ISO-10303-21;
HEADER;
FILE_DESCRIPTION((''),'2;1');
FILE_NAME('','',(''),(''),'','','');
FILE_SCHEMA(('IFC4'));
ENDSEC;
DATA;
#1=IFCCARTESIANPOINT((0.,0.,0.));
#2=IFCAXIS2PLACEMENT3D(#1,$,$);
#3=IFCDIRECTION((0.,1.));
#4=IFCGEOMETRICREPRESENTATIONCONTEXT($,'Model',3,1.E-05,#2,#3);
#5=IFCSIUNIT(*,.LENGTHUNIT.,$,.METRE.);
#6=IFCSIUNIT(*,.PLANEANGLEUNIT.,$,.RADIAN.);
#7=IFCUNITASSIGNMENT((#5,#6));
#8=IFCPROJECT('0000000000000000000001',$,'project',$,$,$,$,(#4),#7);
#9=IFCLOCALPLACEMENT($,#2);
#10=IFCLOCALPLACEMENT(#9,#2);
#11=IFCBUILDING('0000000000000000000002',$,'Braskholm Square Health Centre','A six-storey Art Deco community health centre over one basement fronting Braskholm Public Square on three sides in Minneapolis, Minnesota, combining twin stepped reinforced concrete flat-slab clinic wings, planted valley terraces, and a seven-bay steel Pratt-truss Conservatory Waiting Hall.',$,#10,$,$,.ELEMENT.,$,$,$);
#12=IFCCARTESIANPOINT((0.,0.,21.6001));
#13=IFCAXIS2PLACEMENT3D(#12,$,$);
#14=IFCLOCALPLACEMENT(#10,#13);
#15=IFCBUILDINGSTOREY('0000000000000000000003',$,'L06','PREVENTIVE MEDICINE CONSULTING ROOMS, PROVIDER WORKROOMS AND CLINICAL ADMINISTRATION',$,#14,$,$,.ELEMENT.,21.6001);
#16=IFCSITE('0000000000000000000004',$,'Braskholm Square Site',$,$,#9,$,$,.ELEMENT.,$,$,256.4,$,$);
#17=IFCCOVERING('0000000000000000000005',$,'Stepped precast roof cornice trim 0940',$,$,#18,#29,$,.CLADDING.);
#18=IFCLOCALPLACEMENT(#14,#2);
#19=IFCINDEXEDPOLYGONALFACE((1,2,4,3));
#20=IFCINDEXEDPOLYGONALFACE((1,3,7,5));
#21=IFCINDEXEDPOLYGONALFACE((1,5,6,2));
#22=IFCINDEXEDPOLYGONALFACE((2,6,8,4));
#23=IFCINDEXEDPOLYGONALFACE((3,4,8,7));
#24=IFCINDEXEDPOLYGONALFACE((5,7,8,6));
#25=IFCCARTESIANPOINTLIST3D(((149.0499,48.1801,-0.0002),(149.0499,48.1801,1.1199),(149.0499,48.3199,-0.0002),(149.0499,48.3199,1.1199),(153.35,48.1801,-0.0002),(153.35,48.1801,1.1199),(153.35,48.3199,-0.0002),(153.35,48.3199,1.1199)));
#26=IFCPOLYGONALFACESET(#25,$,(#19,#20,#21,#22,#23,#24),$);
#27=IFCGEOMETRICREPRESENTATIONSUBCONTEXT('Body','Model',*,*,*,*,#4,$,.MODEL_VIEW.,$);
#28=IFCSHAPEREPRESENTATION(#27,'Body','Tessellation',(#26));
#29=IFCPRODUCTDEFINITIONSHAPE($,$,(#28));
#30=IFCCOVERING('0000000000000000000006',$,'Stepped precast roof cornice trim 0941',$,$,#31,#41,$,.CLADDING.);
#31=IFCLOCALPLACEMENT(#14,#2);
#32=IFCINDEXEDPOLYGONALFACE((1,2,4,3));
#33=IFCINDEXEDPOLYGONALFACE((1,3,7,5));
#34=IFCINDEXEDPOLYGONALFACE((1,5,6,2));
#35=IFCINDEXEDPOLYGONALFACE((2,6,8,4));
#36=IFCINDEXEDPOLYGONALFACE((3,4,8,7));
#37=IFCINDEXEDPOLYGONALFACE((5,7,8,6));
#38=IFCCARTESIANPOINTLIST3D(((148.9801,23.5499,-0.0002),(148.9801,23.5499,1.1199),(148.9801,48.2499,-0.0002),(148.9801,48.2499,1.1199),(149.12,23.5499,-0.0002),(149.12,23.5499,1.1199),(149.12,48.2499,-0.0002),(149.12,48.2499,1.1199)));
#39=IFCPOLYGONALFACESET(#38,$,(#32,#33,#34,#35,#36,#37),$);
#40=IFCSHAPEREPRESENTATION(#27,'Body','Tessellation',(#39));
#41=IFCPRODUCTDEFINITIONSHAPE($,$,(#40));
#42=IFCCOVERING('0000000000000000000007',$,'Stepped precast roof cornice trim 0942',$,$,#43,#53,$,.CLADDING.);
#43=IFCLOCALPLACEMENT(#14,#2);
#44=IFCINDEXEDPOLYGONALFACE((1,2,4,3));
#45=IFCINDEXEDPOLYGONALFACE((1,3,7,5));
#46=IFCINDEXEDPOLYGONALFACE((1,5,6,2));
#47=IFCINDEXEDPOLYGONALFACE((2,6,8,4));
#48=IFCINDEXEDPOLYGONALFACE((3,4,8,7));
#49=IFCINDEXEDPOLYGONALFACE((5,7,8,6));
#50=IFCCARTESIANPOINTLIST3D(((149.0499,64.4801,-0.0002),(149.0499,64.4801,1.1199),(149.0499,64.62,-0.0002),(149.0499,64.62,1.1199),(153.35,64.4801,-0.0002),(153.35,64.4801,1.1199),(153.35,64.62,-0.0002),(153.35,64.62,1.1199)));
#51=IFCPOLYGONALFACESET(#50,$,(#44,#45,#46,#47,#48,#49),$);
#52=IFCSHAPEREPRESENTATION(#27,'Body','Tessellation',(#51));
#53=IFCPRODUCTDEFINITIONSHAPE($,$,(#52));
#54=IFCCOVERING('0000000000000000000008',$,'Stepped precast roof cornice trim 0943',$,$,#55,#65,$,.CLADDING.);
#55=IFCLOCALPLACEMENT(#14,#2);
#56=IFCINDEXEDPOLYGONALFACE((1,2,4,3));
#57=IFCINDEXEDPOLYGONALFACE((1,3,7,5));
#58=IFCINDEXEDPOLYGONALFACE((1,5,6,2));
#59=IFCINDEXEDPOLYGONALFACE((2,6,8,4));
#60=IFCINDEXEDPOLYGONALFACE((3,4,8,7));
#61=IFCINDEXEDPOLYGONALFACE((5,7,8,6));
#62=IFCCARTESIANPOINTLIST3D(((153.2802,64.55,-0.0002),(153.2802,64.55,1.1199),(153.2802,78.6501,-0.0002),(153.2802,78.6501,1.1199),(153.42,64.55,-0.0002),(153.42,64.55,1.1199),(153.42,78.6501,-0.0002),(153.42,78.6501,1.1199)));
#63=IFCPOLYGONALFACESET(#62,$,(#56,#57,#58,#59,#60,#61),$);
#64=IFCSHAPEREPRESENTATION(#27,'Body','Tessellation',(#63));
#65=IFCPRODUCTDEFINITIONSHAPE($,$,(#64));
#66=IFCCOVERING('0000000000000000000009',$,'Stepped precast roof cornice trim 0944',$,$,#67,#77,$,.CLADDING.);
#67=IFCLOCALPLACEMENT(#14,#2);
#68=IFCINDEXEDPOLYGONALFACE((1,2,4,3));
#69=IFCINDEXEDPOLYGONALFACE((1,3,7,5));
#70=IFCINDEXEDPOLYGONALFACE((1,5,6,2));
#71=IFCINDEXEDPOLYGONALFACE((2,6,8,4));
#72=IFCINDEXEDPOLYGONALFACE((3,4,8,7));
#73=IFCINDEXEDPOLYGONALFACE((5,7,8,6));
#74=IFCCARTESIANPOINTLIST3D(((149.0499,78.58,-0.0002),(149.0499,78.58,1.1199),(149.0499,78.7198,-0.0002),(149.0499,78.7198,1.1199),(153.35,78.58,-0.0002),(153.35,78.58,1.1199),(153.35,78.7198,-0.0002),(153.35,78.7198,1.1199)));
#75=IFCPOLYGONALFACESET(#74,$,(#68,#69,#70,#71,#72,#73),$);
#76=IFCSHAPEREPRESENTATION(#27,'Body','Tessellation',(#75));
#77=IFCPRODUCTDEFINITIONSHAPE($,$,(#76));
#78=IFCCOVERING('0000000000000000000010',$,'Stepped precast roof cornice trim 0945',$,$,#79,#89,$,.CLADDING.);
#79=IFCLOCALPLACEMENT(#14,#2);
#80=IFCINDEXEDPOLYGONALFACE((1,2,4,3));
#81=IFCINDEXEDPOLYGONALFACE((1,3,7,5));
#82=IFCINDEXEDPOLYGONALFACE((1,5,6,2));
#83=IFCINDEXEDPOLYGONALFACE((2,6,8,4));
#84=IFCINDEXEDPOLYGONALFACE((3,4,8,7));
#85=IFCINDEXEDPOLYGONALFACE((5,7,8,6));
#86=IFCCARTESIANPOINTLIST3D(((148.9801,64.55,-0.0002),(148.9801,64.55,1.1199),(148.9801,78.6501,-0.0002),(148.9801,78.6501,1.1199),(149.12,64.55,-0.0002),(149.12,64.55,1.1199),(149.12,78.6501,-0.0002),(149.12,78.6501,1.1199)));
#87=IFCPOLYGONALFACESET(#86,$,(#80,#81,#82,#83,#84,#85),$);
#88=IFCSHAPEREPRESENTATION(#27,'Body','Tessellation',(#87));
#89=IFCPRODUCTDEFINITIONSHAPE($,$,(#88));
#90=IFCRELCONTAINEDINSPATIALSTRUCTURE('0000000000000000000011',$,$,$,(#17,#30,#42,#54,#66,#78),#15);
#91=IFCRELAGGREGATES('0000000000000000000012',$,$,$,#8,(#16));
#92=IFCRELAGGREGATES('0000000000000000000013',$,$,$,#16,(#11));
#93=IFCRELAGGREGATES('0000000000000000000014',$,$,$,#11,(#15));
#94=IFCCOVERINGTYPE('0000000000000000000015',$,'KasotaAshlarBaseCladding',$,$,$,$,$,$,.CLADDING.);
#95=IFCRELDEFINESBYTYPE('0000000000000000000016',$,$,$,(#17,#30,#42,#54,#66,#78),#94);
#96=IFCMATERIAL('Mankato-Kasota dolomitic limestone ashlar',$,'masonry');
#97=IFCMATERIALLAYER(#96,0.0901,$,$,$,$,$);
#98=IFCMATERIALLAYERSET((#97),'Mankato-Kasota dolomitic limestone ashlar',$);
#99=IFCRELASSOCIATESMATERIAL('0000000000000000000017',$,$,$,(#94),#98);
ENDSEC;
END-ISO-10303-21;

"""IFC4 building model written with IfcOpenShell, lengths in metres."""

from ifc_helpers import new_model, si_unit, direction, frame, origin, origin_2d, place, context, subcontext, project, spatial, rectangle, extrude, material, layer, layer_set, type_object, element, save


model = new_model("IFC4")

# Units and contexts
model_context = context("Model", 3, precision=1e-05, world=origin(), true_north=direction((0.0, 1.0)))
body_context = subcontext(model_context, "Body", "Model", "MODEL_VIEW")
ifc_project = project(units=[si_unit("LENGTHUNIT", "METRE"), si_unit("PLANEANGLEUNIT", "RADIAN")], contexts=[model_context])

# Site, building, storey
site_placement = place(None, origin())
site = spatial("IfcSite", under=ifc_project, at=site_placement, Name="Braskholm Square Site", CompositionType="ELEMENT", RefElevation=256.4)
building_placement = place(site_placement, origin())
building = spatial("IfcBuilding", under=site, at=building_placement, Name="Braskholm Square Health Centre", Description="A six-storey Art Deco community health centre over one basement fronting Braskholm Public Square on three sides in Minneapolis, Minnesota, combining twin stepped reinforced concrete flat-slab clinic wings, planted valley terraces, and a seven-bay steel Pratt-truss Conservatory Waiting Hall.", CompositionType="ELEMENT")
storey_placement = place(building_placement, frame((0.0, 0.0, 21.6001)))
storey = spatial("IfcBuildingStorey", under=building, at=storey_placement, Name="L06", Description="PREVENTIVE MEDICINE CONSULTING ROOMS, PROVIDER WORKROOMS AND CLINICAL ADMINISTRATION", CompositionType="ELEMENT", Elevation=21.6001)

# Coverings
ifc_material_1 = material(Name="Mankato-Kasota dolomitic limestone ashlar", Category="masonry")
ifc_layer = layer(ifc_material_1, 0.0901)
ifc_layer_set = layer_set([ifc_layer], Name="Mankato-Kasota dolomitic limestone ashlar")
covering_type = type_object("IfcCoveringType", Name="KasotaAshlarBaseCladding", PredefinedType="CLADDING", material=ifc_layer_set)
covering_1_placement = place(storey_placement, frame((151.2, 48.25, -0.0002), z_axis=(0.0, 0.0, 1.0), x_axis=(-1.0, 0.0, 0.0)))
element("IfcCovering", 1, at=covering_1_placement, inside=storey, type_object=covering_type, Name="Stepped precast roof cornice trim 0940", PredefinedType="CLADDING", context=body_context, shape_type="SweptSolid", body=[
    extrude(rectangle(XDim=4.3, YDim=0.1399, at=origin_2d()), origin(), (0.0, 0.0, 1.0), 1.1201),
])
covering_2_placement = place(storey_placement, frame((149.05, 35.8999, -0.0002), z_axis=(0.0, 0.0, 1.0), x_axis=(0.0, -1.0, 0.0)))
element("IfcCovering", 2, at=covering_2_placement, inside=storey, type_object=covering_type, Name="Stepped precast roof cornice trim 0941", PredefinedType="CLADDING", context=body_context, shape_type="SweptSolid", body=[
    extrude(rectangle(XDim=24.7, YDim=0.1399, at=origin_2d()), origin(), (0.0, 0.0, 1.0), 1.1201),
])
covering_3_placement = place(storey_placement, frame((151.2, 64.55, -0.0002), z_axis=(0.0, 0.0, 1.0), x_axis=(1.0, 0.0, 0.0)))
element("IfcCovering", 3, at=covering_3_placement, inside=storey, type_object=covering_type, Name="Stepped precast roof cornice trim 0942", PredefinedType="CLADDING", context=body_context, shape_type="SweptSolid", body=[
    extrude(rectangle(XDim=4.3, YDim=0.1399, at=origin_2d()), origin(), (0.0, 0.0, 1.0), 1.1201),
])
covering_4_placement = place(storey_placement, frame((153.3501, 71.6001, -0.0002), z_axis=(0.0, 0.0, 1.0), x_axis=(0.0, 1.0, 0.0)))
element("IfcCovering", 4, at=covering_4_placement, inside=storey, type_object=covering_type, Name="Stepped precast roof cornice trim 0943", PredefinedType="CLADDING", context=body_context, shape_type="SweptSolid", body=[
    extrude(rectangle(XDim=14.1001, YDim=0.1399, at=origin_2d()), origin(), (0.0, 0.0, 1.0), 1.1201),
])
covering_5_placement = place(storey_placement, frame((151.2, 78.6499, -0.0002), z_axis=(0.0, 0.0, 1.0), x_axis=(-1.0, 0.0, 0.0)))
element("IfcCovering", 5, at=covering_5_placement, inside=storey, type_object=covering_type, Name="Stepped precast roof cornice trim 0944", PredefinedType="CLADDING", context=body_context, shape_type="SweptSolid", body=[
    extrude(rectangle(XDim=4.3, YDim=0.1399, at=origin_2d()), origin(), (0.0, 0.0, 1.0), 1.1201),
])
covering_6_placement = place(storey_placement, frame((149.05, 71.6001, -0.0002), z_axis=(0.0, 0.0, 1.0), x_axis=(0.0, -1.0, 0.0)))
element("IfcCovering", 6, at=covering_6_placement, inside=storey, type_object=covering_type, Name="Stepped precast roof cornice trim 0945", PredefinedType="CLADDING", context=body_context, shape_type="SweptSolid", body=[
    extrude(rectangle(XDim=14.1001, YDim=0.1399, at=origin_2d()), origin(), (0.0, 0.0, 1.0), 1.1201),
])

save(model, "model.ifc")
